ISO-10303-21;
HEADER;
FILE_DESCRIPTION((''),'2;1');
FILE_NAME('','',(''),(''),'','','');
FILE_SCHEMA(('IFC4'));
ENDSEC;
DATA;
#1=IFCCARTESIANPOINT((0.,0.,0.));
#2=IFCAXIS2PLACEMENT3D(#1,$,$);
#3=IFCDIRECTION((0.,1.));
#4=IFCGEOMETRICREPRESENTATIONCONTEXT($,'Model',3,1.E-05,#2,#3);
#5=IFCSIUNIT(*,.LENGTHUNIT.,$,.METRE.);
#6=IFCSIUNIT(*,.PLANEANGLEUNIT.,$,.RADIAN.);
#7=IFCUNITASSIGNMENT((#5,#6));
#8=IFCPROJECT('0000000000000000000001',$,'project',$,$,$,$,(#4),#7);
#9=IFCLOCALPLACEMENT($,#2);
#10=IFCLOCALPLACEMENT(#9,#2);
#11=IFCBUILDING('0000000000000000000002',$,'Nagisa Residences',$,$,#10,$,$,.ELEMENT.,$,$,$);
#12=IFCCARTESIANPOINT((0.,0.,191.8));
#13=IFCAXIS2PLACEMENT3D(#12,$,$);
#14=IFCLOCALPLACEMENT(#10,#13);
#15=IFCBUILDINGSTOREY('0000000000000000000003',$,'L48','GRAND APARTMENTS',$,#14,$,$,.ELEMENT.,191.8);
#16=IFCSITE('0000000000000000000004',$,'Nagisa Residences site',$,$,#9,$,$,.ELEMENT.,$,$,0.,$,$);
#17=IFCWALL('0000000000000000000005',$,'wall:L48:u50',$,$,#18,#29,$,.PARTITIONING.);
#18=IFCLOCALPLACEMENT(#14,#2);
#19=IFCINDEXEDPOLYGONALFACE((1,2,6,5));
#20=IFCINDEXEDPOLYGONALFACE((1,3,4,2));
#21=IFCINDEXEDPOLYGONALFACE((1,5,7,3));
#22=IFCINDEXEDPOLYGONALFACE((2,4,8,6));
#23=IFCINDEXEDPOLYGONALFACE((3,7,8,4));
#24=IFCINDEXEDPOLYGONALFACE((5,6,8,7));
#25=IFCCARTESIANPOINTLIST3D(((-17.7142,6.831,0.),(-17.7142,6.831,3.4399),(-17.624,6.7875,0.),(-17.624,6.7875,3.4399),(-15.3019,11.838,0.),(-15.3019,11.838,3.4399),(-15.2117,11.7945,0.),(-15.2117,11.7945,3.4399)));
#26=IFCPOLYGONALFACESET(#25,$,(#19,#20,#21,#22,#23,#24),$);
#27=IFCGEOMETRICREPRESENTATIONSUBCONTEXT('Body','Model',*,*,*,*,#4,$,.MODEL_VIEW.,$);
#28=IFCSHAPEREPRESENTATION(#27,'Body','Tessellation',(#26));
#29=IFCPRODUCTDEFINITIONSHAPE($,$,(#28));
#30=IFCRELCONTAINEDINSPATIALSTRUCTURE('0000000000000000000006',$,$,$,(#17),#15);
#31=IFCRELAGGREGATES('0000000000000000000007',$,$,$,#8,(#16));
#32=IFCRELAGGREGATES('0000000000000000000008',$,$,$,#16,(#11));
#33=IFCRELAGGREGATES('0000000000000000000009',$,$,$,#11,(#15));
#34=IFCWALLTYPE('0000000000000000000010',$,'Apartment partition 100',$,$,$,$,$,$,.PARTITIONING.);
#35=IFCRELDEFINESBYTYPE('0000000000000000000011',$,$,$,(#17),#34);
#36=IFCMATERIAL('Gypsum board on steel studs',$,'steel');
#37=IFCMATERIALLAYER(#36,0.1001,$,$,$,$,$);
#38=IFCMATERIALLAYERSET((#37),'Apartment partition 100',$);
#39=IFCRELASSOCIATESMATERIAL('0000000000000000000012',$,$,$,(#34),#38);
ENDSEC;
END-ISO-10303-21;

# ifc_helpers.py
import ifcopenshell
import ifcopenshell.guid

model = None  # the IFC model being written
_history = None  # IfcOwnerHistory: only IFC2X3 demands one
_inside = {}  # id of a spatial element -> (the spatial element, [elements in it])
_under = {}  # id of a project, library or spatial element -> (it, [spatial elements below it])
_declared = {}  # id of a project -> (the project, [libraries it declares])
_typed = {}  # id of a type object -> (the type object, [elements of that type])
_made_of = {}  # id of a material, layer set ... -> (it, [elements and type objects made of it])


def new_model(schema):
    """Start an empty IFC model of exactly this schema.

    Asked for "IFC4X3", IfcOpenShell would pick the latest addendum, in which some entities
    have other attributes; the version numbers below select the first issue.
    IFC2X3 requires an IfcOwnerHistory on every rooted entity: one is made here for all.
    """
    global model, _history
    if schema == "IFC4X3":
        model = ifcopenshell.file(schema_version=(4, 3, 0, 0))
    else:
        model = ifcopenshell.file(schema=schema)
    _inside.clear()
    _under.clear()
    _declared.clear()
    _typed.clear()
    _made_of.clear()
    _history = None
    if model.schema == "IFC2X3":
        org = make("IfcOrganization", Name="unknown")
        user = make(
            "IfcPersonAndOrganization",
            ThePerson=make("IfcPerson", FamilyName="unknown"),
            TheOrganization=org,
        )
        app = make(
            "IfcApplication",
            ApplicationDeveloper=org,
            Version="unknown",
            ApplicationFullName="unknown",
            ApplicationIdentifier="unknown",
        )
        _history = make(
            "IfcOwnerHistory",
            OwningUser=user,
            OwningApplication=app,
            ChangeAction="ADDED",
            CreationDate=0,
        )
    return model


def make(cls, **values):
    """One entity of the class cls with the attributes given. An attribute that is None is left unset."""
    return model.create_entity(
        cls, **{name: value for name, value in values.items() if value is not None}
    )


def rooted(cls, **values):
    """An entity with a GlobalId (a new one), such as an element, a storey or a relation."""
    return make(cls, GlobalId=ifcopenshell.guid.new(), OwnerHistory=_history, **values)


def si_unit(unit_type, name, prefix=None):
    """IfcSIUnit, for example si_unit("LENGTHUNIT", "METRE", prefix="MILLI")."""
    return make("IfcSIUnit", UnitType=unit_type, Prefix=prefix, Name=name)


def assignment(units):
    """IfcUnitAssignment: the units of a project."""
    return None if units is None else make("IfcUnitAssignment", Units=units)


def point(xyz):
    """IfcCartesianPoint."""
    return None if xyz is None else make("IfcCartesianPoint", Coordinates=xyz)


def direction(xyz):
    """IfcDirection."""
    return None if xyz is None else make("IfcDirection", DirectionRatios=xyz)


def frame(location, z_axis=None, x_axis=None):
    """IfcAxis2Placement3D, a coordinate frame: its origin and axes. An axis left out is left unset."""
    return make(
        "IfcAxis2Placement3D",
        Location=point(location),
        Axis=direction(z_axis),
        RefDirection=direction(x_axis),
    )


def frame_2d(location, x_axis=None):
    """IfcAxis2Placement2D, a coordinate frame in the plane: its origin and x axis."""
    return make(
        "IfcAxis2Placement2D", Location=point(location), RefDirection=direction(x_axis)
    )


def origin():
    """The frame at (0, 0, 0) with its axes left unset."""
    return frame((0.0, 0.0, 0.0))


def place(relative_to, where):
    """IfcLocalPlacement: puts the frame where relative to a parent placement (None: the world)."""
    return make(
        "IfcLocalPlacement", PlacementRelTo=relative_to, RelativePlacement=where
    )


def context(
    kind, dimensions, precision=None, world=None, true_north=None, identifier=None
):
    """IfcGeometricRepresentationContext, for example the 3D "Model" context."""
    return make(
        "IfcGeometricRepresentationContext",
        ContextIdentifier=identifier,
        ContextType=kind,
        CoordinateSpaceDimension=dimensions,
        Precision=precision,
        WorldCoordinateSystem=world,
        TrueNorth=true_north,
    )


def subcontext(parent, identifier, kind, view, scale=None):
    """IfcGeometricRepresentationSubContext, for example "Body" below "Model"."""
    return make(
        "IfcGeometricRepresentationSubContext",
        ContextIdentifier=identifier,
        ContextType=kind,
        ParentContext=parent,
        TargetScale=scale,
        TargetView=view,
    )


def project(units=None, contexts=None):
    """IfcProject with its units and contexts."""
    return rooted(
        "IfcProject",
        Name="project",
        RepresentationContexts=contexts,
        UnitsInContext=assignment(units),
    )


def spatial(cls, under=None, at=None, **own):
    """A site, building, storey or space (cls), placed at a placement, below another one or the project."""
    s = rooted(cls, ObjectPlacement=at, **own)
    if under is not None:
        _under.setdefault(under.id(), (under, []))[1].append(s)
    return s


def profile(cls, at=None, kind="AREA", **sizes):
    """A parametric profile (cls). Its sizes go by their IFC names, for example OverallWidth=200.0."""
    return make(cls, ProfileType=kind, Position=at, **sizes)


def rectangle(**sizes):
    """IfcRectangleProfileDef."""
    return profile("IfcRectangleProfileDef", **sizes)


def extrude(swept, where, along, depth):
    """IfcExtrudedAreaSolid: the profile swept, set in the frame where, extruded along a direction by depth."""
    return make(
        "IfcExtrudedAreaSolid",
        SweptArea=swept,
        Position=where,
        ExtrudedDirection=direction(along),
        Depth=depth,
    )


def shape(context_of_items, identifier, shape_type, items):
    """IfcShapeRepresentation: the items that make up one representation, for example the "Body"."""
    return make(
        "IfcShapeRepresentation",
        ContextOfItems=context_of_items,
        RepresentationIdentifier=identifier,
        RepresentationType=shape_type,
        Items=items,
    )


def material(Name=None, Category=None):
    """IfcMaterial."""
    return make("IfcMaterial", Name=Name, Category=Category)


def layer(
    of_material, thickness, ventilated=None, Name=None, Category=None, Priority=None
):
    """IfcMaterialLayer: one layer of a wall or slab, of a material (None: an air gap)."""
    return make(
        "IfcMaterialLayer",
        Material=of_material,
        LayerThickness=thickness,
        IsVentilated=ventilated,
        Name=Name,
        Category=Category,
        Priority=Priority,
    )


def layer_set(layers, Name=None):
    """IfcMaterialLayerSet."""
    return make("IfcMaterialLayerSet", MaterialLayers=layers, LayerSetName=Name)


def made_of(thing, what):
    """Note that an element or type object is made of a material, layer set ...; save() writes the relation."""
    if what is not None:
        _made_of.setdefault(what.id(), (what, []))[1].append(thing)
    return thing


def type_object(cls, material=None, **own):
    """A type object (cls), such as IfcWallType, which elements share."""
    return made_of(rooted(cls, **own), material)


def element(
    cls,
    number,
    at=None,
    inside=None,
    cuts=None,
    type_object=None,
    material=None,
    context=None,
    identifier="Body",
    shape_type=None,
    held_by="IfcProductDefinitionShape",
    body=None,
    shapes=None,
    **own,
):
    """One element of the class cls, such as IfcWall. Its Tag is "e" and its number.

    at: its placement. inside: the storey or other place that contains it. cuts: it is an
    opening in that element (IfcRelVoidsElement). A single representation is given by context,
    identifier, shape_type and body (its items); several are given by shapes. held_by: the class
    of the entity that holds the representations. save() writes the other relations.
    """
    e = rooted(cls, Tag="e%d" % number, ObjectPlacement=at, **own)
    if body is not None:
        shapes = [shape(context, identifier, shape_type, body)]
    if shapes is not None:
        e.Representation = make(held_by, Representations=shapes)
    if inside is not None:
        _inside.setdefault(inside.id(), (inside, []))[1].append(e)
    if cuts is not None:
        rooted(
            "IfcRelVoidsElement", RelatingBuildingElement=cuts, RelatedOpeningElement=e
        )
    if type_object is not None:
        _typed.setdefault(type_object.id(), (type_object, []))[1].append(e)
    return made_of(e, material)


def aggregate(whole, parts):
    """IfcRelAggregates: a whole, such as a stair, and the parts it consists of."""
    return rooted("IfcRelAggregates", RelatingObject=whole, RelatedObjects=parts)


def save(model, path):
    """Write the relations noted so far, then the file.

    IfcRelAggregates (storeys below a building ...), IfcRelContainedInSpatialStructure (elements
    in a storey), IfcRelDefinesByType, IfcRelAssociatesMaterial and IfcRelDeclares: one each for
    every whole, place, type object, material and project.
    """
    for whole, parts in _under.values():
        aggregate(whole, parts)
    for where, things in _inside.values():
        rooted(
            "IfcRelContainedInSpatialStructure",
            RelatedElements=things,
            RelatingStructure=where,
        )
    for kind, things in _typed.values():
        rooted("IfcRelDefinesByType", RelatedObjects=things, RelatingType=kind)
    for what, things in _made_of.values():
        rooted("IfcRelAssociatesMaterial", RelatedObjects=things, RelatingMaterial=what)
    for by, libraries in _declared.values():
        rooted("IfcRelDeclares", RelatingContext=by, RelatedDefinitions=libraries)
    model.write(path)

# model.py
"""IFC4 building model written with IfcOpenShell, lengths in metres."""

from ifc_helpers import new_model, si_unit, direction, frame, frame_2d, origin, place, context, subcontext, project, spatial, rectangle, extrude, material, layer, layer_set, type_object, element, save


model = new_model("IFC4")

# Units and contexts
model_context = context("Model", 3, precision=1e-05, world=origin(), true_north=direction((0.0, 1.0)))
body_context = subcontext(model_context, "Body", "Model", "MODEL_VIEW")
ifc_project = project(units=[si_unit("LENGTHUNIT", "METRE"), si_unit("PLANEANGLEUNIT", "RADIAN")], contexts=[model_context])

# Site, building, storey
site_placement = place(None, origin())
site = spatial("IfcSite", under=ifc_project, at=site_placement, Name="Nagisa Residences site", CompositionType="ELEMENT", RefElevation=0.0)
building_placement = place(site_placement, origin())
building = spatial("IfcBuilding", under=site, at=building_placement, Name="Nagisa Residences", CompositionType="ELEMENT")
storey_placement = place(building_placement, frame((0.0, 0.0, 191.8)))
storey = spatial("IfcBuildingStorey", under=building, at=storey_placement, Name="L48", Description="GRAND APARTMENTS", CompositionType="ELEMENT", Elevation=191.8)

# Shared definitions
ifc_material_1 = material(Name="Gypsum board on steel studs", Category="steel")
ifc_layer_1 = layer(ifc_material_1, 0.1001)
ifc_layer_set_1 = layer_set([ifc_layer_1], Name="Apartment partition 100")
wall_type_1 = type_object("IfcWallType", Name="Apartment partition 100", PredefinedType="PARTITIONING", material=ifc_layer_set_1)

# Wall
wall_1_placement = place(storey_placement, frame((-15.2568, 11.8162, 0.0), z_axis=(0.0, 0.0, 1.0), x_axis=(-0.43404, -0.900894, 0.0)))
element("IfcWall", 1, at=wall_1_placement, inside=storey, type_object=wall_type_1, Name="wall:L48:u50", PredefinedType="PARTITIONING", context=body_context, shape_type="SweptSolid", body=[
    extrude(rectangle(XDim=5.5579, YDim=0.1001, at=frame_2d((2.7788, 0.0))), origin(), (0.0, 0.0, 1.0), 3.4399),
])

save(model, "model.ifc")
